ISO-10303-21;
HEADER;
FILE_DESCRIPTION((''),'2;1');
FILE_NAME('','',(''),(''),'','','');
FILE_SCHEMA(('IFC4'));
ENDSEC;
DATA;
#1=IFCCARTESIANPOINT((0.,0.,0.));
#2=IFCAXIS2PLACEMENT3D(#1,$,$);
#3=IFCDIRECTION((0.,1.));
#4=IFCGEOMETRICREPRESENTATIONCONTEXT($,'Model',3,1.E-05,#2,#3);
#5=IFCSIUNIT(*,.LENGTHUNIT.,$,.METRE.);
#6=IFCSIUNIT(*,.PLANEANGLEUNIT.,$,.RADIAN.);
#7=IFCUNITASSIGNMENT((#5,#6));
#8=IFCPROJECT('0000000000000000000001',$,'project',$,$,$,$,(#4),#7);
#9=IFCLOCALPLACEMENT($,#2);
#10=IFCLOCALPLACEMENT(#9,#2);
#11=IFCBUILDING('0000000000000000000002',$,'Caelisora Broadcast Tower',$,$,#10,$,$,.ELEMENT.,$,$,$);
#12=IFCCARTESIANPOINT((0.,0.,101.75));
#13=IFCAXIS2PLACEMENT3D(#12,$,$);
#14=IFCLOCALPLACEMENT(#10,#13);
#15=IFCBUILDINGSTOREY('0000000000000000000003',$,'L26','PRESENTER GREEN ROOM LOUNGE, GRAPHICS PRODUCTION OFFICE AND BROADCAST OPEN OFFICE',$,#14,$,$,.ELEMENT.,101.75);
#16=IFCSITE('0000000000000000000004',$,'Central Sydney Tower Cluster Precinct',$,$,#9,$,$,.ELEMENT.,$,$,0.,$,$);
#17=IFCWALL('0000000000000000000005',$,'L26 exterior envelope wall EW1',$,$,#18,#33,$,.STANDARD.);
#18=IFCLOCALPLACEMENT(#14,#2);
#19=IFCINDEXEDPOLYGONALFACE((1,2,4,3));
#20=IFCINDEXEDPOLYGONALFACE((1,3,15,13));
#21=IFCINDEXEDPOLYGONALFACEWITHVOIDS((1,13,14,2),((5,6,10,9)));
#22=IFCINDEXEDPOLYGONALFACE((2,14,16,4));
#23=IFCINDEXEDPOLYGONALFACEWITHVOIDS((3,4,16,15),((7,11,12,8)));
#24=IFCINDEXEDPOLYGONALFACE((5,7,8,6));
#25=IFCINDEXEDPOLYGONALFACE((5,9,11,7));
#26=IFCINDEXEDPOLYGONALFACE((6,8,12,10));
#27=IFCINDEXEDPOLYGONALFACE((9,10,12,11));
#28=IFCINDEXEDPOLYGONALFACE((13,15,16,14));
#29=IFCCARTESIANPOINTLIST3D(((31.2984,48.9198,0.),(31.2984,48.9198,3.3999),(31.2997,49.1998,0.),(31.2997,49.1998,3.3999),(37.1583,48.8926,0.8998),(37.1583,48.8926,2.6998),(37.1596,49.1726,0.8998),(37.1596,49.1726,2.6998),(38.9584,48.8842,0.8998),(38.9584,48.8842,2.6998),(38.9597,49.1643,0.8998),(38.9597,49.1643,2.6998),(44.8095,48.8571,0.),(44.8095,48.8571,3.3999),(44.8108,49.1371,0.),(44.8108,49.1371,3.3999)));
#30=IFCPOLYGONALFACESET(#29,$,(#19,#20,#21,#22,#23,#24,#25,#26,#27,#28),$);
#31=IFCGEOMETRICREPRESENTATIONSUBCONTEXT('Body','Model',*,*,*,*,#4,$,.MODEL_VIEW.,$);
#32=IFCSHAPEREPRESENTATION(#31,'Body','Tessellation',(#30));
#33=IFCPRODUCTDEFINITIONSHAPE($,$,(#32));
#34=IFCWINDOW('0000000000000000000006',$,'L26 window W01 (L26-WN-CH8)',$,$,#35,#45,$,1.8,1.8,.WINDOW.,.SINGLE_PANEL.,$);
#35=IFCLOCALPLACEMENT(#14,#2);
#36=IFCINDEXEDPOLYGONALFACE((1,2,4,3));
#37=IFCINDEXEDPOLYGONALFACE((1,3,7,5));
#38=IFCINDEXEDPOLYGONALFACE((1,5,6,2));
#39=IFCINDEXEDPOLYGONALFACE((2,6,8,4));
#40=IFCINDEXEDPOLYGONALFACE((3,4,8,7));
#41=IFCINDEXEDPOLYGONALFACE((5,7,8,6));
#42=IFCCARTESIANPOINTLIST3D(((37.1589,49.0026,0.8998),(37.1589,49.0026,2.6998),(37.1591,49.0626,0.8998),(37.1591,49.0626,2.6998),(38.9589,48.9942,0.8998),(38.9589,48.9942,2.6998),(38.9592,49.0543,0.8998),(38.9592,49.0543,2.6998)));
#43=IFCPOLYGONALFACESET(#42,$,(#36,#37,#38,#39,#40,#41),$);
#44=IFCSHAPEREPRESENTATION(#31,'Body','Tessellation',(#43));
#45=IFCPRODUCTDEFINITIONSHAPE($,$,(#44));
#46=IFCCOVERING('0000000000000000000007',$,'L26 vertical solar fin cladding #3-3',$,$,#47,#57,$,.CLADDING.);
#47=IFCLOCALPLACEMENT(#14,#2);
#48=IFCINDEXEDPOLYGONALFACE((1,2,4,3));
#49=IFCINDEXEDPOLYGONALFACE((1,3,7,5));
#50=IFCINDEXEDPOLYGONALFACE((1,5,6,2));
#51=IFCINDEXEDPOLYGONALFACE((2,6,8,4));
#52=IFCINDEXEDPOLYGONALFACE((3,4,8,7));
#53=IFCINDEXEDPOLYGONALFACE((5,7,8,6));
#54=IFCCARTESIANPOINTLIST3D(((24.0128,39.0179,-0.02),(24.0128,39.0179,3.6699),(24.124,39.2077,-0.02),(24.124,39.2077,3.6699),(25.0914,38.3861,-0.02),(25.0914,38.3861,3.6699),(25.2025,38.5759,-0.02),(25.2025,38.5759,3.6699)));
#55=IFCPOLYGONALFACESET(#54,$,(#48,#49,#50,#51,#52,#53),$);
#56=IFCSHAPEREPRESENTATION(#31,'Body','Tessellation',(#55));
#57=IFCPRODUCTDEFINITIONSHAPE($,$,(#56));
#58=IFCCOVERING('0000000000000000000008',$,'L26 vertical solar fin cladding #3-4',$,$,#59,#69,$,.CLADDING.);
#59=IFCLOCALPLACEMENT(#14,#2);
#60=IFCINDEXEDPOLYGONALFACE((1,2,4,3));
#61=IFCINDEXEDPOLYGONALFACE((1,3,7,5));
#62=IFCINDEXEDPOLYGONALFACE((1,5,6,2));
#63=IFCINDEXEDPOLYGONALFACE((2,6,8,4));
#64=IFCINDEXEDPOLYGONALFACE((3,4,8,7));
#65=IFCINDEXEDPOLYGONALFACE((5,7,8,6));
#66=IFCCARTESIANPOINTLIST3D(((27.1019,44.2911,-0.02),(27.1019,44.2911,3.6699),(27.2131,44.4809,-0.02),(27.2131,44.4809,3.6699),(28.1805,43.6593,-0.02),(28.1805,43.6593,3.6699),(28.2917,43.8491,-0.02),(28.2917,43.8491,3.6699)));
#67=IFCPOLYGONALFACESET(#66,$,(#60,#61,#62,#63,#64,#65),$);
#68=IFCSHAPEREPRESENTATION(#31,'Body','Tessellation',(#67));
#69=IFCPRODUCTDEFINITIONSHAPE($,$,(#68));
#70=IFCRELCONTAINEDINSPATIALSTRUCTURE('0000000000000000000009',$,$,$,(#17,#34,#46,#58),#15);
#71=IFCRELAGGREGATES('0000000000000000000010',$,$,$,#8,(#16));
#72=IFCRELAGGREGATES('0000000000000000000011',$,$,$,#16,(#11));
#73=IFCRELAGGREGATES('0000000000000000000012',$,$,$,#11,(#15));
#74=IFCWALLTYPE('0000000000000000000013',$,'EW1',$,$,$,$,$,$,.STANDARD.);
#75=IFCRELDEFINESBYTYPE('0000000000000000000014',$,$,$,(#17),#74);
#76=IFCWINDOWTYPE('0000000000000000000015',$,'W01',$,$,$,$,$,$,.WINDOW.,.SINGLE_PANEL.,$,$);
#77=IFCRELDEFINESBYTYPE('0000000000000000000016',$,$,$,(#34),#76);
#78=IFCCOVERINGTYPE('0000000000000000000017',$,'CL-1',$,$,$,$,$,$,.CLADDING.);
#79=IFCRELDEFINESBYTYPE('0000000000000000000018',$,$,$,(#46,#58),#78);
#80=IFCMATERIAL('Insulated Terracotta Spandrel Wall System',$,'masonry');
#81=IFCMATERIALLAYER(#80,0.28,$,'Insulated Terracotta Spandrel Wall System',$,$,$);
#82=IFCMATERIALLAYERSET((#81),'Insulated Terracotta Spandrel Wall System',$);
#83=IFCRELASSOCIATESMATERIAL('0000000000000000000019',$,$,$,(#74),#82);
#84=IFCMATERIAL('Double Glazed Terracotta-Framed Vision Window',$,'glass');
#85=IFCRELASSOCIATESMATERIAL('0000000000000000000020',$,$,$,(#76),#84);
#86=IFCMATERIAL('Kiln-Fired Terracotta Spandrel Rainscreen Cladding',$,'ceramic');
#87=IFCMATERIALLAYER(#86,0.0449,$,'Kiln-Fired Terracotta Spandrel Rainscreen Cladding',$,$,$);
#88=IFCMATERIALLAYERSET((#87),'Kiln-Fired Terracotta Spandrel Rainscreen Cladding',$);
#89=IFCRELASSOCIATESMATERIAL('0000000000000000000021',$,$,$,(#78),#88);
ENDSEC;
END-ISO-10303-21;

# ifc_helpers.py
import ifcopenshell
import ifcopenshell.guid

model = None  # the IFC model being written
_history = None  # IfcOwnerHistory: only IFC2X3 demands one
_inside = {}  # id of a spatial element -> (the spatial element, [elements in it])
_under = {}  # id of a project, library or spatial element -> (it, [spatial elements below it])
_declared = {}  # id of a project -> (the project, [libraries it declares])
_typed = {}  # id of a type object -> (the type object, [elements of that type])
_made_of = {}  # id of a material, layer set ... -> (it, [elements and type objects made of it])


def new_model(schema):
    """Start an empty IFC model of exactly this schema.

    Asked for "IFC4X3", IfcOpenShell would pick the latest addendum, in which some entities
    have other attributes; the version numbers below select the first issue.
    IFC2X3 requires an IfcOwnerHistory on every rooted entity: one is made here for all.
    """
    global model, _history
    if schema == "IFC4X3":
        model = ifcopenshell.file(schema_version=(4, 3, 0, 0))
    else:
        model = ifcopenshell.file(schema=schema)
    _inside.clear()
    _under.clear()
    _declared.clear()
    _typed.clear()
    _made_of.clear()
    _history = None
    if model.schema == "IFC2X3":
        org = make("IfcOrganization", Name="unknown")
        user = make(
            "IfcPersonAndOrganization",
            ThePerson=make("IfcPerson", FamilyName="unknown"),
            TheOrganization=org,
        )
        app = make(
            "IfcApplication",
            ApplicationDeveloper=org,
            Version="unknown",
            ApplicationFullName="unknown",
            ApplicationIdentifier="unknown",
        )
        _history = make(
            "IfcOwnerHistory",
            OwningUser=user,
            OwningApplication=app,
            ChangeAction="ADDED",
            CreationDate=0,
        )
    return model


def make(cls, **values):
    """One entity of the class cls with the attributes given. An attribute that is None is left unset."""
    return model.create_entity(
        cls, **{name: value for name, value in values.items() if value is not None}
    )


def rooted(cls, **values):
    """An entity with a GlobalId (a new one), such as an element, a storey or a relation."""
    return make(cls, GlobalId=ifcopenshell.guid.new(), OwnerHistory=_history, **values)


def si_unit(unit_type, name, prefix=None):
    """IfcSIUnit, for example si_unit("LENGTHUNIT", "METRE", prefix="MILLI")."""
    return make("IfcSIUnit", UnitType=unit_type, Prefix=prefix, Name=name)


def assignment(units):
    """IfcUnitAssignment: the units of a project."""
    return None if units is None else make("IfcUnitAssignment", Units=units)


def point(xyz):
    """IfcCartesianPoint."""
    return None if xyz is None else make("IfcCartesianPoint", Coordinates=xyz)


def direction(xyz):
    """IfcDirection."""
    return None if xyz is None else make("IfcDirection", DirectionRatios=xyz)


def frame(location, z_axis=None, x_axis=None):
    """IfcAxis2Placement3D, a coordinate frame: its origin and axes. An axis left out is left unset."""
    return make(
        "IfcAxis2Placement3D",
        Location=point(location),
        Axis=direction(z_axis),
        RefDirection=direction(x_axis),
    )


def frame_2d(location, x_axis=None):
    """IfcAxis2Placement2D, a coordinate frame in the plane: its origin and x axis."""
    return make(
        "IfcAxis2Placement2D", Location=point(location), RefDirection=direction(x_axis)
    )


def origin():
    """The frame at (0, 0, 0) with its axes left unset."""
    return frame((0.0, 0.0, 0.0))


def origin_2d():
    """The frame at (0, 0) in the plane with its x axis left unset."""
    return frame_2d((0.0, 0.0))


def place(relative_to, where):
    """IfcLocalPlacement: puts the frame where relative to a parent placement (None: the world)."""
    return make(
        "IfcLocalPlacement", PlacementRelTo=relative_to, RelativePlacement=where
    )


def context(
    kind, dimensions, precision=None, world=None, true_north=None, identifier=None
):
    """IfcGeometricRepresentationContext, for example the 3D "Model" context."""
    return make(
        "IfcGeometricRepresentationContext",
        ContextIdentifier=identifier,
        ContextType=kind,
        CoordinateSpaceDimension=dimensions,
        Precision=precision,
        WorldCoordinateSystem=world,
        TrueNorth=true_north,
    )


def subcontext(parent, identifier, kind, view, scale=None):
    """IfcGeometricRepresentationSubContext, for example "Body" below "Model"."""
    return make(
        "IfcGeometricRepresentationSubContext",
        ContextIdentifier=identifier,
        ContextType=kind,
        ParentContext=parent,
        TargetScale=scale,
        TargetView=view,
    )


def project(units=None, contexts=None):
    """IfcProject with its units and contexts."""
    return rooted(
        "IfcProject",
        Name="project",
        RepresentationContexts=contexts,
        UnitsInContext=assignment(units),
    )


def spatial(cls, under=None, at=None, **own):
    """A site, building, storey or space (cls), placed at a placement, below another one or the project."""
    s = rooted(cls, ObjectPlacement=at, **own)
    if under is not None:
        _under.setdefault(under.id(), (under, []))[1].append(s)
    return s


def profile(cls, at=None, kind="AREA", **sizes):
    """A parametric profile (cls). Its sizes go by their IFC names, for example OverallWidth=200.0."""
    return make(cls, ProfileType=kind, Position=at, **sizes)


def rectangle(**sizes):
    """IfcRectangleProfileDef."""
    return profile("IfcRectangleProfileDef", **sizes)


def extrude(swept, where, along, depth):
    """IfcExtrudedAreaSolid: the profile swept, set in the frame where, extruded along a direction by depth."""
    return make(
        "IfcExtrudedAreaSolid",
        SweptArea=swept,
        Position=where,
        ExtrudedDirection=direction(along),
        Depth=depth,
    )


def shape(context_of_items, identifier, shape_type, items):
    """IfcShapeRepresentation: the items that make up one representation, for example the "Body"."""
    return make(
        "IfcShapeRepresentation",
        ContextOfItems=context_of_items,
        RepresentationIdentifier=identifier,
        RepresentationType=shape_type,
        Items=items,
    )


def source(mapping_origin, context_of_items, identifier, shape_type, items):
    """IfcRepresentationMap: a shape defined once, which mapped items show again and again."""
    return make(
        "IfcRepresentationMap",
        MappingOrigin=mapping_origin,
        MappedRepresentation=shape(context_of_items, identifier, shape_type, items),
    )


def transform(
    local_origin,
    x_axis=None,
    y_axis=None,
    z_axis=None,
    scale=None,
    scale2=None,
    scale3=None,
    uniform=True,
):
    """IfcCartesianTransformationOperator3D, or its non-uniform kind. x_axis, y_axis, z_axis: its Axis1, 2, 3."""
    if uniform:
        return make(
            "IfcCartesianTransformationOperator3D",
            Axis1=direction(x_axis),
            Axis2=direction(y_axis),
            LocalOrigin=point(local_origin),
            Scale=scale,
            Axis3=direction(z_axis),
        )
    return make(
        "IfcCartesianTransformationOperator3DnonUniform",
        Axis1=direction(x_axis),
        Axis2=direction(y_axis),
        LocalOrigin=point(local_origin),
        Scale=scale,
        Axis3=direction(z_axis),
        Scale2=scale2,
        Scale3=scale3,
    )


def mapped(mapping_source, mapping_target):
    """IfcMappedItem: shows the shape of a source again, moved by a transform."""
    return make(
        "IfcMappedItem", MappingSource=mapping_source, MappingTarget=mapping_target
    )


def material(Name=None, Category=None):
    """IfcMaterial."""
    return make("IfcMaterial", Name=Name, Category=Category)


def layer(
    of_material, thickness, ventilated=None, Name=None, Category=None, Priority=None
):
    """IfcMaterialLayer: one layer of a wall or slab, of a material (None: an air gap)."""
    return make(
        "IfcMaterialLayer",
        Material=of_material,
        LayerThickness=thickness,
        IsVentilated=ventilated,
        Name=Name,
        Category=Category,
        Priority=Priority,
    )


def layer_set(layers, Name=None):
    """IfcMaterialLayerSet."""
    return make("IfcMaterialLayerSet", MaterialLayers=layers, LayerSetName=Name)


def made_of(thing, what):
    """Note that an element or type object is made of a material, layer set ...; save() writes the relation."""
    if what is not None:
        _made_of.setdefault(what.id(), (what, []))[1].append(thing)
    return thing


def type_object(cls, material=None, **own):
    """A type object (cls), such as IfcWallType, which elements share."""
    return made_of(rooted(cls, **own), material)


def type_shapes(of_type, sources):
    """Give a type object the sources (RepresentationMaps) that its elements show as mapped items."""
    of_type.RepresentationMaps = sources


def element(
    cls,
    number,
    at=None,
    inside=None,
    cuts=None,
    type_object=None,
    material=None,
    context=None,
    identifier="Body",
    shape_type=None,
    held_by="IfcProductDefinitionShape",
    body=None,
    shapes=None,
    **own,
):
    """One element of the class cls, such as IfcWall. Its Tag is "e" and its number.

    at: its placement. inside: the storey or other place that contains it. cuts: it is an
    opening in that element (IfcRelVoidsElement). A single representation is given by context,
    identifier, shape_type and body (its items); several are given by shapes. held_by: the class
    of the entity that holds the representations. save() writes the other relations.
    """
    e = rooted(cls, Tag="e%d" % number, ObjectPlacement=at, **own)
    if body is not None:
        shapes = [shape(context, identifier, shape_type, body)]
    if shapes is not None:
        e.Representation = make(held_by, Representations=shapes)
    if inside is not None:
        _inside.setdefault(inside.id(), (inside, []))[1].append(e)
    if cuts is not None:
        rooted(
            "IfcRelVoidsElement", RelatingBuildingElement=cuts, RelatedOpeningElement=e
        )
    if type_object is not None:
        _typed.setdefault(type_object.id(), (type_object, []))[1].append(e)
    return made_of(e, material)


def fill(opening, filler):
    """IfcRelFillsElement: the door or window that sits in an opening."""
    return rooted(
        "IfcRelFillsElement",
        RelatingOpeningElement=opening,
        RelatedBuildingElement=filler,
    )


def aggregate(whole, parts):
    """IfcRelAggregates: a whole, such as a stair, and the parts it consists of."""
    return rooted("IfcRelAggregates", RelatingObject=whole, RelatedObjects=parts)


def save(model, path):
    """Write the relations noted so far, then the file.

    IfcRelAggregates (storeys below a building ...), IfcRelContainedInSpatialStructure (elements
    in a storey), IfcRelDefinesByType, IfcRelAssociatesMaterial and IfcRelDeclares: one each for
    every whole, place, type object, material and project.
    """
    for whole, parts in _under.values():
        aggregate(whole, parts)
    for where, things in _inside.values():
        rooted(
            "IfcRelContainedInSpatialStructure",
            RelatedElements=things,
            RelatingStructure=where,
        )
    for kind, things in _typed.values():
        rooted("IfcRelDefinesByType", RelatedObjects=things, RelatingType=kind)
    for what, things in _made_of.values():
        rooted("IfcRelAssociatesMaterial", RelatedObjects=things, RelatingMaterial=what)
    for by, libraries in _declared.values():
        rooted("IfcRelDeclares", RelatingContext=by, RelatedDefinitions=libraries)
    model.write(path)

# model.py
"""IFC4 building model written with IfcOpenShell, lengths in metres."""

from ifc_helpers import new_model, si_unit, direction, frame, frame_2d, origin, origin_2d, place, context, subcontext, project, spatial, rectangle, extrude, source, transform, mapped, material, layer, layer_set, type_object, type_shapes, element, fill, save


model = new_model("IFC4")

# Units and contexts
model_context = context("Model", 3, precision=1e-05, world=origin(), true_north=direction((0.0, 1.0)))
body_context = subcontext(model_context, "Body", "Model", "MODEL_VIEW")
ifc_project = project(units=[si_unit("LENGTHUNIT", "METRE"), si_unit("PLANEANGLEUNIT", "RADIAN")], contexts=[model_context])

# Site, building, storey
site_placement = place(None, origin())
site = spatial("IfcSite", under=ifc_project, at=site_placement, Name="Central Sydney Tower Cluster Precinct", CompositionType="ELEMENT", RefElevation=0.0)
building_placement = place(site_placement, origin())
building = spatial("IfcBuilding", under=site, at=building_placement, Name="Caelisora Broadcast Tower", CompositionType="ELEMENT")
storey_placement = place(building_placement, frame((0.0, 0.0, 101.75)))
storey = spatial("IfcBuildingStorey", under=building, at=storey_placement, Name="L26", Description="PRESENTER GREEN ROOM LOUNGE, GRAPHICS PRODUCTION OFFICE AND BROADCAST OPEN OFFICE", CompositionType="ELEMENT", Elevation=101.75)

# Wall, opening, window
ifc_material_1 = material(Name="Insulated Terracotta Spandrel Wall System", Category="masonry")
ifc_layer_1 = layer(ifc_material_1, 0.28, Name="Insulated Terracotta Spandrel Wall System")
ifc_layer_set_1 = layer_set([ifc_layer_1], Name="Insulated Terracotta Spandrel Wall System")
wall_type = type_object("IfcWallType", Name="EW1", PredefinedType="STANDARD", material=ifc_layer_set_1)
wall_placement = place(storey_placement, frame((31.2991, 49.0598, 0.0), z_axis=(0.0, 0.0, 1.0), x_axis=(0.999989, -0.004644, 0.0)))
wall = element("IfcWall", 1, at=wall_placement, inside=storey, type_object=wall_type, Name="L26 exterior envelope wall EW1", PredefinedType="STANDARD", context=body_context, shape_type="SweptSolid", body=[
    extrude(rectangle(XDim=13.5112, YDim=0.28, at=frame_2d((6.7556, 0.0))), origin(), (0.0, 0.0, 1.0), 3.3999),
])
opening_placement = place(wall_placement, frame((5.8601, 0.0, 0.8999)))
opening = element("IfcOpeningElement", 2, at=opening_placement, cuts=wall, PredefinedType="OPENING", context=body_context, shape_type="SweptSolid", body=[
    extrude(rectangle(XDim=1.8, YDim=1.8, at=frame_2d((0.8999, 0.8999))), frame((0.0, 0.1521, 0.0), z_axis=(0.0, -1.0, 0.0), x_axis=(1.0, 0.0, 0.0)), (0.0, 0.0, 1.0), 0.304),
])
ifc_material_2 = material(Name="Double Glazed Terracotta-Framed Vision Window", Category="glass")
window_type = type_object("IfcWindowType", Name="W01", PartitioningType="SINGLE_PANEL", PredefinedType="WINDOW", material=ifc_material_2)
window_placement = place(opening_placement, origin())
window = element("IfcWindow", 3, at=window_placement, inside=storey, type_object=window_type, Name="L26 window W01 (L26-WN-CH8)", OverallHeight=1.8, OverallWidth=1.8, PartitioningType="SINGLE_PANEL", PredefinedType="WINDOW", context=body_context, shape_type="SweptSolid", body=[
    extrude(rectangle(XDim=1.8, YDim=1.8, at=frame_2d((0.8999, 0.8999))), frame((0.0, 0.03, 0.0), z_axis=(0.0, -1.0, 0.0), x_axis=(1.0, 0.0, 0.0)), (0.0, 0.0, 1.0), 0.0601),
])
fill(opening, window)

# Coverings
ifc_material_3 = material(Name="Kiln-Fired Terracotta Spandrel Rainscreen Cladding", Category="ceramic")
ifc_layer_2 = layer(ifc_material_3, 0.0449, Name="Kiln-Fired Terracotta Spandrel Rainscreen Cladding")
ifc_layer_set_2 = layer_set([ifc_layer_2], Name="Kiln-Fired Terracotta Spandrel Rainscreen Cladding")
covering_type = type_object("IfcCoveringType", Name="CL-1", PredefinedType="CLADDING", material=ifc_layer_set_2)
shared_shape_1 = source(origin(), body_context, "Body", "SweptSolid", [
    extrude(rectangle(XDim=0.22, YDim=1.25, at=origin_2d()), origin(), (0.0, 0.0, 1.0), 3.6899),
])
type_shapes(covering_type, [shared_shape_1])
for number, where, z_axis, x_axis, name in (
    (4, (24.6077, 38.7969, -0.02), (0.0, 0.0, 1.0), (0.505431, 0.862867, 0.0), "L26 vertical solar fin cladding #3-3"),
    (5, (27.6968, 44.0701, -0.02), (0.0, 0.0, 1.0), (0.505431, 0.862867, 0.0), "L26 vertical solar fin cladding #3-4"),
):
    element("IfcCovering", number, at=place(storey_placement, frame(where, z_axis=z_axis, x_axis=x_axis)), inside=storey, type_object=covering_type, Name=name, PredefinedType="CLADDING", context=body_context, shape_type="MappedRepresentation", body=[
        mapped(shared_shape_1, transform((0.0, 0.0, 0.0), scale=1.0)),
    ])

save(model, "model.ifc")
